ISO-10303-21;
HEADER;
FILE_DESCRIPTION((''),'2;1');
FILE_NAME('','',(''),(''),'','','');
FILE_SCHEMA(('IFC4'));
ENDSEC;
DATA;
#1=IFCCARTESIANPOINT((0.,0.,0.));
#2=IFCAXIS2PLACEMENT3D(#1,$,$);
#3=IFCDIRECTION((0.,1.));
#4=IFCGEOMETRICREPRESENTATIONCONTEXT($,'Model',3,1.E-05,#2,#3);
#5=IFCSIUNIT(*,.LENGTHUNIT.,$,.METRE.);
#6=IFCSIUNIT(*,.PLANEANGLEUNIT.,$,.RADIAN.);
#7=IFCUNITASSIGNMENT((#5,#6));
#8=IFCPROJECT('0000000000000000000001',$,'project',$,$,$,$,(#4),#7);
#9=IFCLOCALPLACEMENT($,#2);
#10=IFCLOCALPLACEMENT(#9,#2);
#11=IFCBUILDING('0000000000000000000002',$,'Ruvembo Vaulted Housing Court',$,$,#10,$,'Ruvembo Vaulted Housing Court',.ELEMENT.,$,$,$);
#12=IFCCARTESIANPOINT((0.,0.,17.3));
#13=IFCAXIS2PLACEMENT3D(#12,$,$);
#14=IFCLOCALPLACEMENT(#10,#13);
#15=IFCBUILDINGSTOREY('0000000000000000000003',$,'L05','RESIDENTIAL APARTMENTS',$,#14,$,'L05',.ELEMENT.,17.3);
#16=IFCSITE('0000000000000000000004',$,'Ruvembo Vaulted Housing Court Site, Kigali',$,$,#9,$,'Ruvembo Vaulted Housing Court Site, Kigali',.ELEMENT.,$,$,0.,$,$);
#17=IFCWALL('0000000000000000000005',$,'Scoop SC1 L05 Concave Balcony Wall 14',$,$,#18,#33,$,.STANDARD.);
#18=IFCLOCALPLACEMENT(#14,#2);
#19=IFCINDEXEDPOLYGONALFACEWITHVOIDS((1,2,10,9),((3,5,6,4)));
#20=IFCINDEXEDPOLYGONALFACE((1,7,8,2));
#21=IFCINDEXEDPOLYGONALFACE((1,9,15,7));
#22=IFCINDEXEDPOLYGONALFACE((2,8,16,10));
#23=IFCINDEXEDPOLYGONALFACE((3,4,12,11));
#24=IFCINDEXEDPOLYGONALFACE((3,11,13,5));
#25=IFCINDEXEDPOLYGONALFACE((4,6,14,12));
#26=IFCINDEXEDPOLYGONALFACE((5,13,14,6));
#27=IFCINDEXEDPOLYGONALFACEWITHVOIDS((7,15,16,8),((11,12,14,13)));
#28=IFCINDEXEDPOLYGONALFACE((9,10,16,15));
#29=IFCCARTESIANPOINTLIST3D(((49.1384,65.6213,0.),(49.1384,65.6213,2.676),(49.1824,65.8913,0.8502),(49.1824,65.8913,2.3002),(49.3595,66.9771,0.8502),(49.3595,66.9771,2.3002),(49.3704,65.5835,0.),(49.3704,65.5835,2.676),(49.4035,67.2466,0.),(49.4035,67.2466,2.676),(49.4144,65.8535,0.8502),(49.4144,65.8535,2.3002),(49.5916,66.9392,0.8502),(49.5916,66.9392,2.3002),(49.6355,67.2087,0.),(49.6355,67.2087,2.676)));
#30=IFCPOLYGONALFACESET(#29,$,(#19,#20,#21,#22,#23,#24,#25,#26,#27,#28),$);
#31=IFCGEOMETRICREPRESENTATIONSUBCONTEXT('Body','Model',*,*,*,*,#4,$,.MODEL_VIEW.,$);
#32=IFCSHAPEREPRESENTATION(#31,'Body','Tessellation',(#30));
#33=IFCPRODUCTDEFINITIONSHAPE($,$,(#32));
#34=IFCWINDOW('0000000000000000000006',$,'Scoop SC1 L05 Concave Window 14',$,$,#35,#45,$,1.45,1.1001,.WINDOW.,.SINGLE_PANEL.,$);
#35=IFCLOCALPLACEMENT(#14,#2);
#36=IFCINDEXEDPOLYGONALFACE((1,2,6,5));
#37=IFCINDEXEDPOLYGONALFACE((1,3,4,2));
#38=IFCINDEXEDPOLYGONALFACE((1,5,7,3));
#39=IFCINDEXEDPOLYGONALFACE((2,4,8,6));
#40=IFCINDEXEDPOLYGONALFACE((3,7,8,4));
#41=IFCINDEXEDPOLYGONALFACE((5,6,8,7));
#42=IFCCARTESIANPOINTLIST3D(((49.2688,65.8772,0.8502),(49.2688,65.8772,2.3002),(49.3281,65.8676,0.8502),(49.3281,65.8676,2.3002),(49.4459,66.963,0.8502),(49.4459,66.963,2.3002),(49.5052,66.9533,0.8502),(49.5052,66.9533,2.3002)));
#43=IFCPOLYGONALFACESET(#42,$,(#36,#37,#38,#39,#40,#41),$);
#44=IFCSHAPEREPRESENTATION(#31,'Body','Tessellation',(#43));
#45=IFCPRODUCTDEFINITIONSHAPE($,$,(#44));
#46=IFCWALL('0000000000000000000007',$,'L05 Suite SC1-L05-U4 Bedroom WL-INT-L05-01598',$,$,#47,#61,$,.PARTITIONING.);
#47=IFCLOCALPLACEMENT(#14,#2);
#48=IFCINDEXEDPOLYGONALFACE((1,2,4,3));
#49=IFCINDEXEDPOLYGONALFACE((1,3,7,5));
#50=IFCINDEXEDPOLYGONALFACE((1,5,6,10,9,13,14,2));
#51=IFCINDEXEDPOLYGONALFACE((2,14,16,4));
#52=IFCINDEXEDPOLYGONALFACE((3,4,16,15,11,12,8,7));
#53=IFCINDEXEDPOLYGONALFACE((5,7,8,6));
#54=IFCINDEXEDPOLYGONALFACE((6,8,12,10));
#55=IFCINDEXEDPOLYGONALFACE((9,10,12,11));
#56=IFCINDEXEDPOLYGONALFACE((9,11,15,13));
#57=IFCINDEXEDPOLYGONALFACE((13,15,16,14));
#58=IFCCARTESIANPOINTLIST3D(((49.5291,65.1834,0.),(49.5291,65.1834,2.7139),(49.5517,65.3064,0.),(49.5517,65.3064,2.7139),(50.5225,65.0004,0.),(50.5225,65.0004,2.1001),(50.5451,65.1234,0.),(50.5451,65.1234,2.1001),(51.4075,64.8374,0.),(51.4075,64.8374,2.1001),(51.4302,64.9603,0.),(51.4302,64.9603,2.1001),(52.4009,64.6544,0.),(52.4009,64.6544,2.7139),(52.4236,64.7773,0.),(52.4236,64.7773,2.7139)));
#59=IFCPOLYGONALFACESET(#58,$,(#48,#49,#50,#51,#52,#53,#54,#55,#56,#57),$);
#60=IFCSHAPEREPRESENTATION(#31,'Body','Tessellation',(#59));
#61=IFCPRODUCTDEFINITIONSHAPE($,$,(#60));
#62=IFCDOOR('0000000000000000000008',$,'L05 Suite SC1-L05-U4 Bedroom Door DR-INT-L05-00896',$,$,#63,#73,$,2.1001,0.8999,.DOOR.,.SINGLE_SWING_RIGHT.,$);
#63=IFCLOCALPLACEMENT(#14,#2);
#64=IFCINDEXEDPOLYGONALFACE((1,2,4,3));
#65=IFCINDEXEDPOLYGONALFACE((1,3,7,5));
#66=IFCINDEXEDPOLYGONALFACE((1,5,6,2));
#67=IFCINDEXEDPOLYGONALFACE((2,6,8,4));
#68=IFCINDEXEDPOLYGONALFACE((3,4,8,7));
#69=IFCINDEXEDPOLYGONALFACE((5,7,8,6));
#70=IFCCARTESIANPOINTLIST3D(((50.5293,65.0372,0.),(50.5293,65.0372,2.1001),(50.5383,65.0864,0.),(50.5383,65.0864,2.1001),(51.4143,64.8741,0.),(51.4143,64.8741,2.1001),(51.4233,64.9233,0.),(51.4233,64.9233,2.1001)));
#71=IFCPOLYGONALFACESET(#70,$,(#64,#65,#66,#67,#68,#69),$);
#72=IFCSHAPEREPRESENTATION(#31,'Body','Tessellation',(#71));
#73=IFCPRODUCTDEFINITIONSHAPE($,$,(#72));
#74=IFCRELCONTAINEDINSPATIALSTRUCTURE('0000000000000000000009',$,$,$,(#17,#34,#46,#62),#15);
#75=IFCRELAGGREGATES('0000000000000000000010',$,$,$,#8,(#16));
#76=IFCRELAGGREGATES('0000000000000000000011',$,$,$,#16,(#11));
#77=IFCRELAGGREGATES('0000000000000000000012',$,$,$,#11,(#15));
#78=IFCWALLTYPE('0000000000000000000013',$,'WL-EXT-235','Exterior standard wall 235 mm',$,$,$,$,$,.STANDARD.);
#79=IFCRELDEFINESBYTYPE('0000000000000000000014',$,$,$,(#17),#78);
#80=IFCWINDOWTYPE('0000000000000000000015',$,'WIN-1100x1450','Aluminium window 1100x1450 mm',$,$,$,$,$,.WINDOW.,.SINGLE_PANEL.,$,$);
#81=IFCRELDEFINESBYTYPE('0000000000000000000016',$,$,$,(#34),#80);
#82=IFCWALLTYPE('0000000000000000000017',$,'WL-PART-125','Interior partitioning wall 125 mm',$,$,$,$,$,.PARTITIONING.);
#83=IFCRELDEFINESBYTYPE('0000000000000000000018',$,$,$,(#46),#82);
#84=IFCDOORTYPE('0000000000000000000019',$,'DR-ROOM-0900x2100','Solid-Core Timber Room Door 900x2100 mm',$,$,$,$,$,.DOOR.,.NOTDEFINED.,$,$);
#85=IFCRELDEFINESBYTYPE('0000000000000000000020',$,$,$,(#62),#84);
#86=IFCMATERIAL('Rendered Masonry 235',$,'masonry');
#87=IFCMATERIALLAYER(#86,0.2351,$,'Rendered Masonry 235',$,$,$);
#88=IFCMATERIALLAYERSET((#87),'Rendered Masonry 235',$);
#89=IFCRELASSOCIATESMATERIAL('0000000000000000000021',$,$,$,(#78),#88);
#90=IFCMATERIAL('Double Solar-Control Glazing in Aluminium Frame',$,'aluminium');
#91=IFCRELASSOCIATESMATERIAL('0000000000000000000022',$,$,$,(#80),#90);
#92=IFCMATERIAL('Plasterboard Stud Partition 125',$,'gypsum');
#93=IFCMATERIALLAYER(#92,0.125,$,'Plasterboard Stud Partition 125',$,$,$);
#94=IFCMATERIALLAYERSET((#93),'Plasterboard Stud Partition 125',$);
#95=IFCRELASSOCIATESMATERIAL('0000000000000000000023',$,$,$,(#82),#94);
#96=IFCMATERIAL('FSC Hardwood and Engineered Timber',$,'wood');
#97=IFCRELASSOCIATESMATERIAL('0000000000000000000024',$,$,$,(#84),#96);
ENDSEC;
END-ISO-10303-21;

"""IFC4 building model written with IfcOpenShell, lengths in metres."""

from ifc_helpers import new_model, si_unit, direction, frame, frame_2d, origin, place, context, subcontext, project, spatial, rectangle, extrude, material, layer, layer_set, type_object, element, fill, save


model = new_model("IFC4")

# Units and contexts
model_context = context("Model", 3, precision=1e-05, world=origin(), true_north=direction((0.0, 1.0)))
body_context = subcontext(model_context, "Body", "Model", "MODEL_VIEW")
ifc_project = project(units=[si_unit("LENGTHUNIT", "METRE"), si_unit("PLANEANGLEUNIT", "RADIAN")], contexts=[model_context])

# Site, building, storey
site_placement = place(None, origin())
site = spatial("IfcSite", under=ifc_project, at=site_placement, Name="Ruvembo Vaulted Housing Court Site, Kigali", LongName="Ruvembo Vaulted Housing Court Site, Kigali", CompositionType="ELEMENT", RefElevation=0.0)
building_placement = place(site_placement, origin())
building = spatial("IfcBuilding", under=site, at=building_placement, Name="Ruvembo Vaulted Housing Court", LongName="Ruvembo Vaulted Housing Court", CompositionType="ELEMENT")
storey_placement = place(building_placement, frame((0.0, 0.0, 17.3)))
storey = spatial("IfcBuildingStorey", under=building, at=storey_placement, Name="L05", Description="RESIDENTIAL APARTMENTS", LongName="L05", CompositionType="ELEMENT", Elevation=17.3)

# Wall, opening, window
ifc_material_1 = material(Name="Rendered Masonry 235", Category="masonry")
ifc_layer_1 = layer(ifc_material_1, 0.2351, Name="Rendered Masonry 235")
ifc_layer_set_1 = layer_set([ifc_layer_1], Name="Rendered Masonry 235")
wall_type_1 = type_object("IfcWallType", Name="WL-EXT-235", Description="Exterior standard wall 235 mm", PredefinedType="STANDARD", material=ifc_layer_set_1)
ifc_material_2 = material(Name="Double Solar-Control Glazing in Aluminium Frame", Category="aluminium")
wall_1_placement = place(storey_placement, frame((49.2544, 65.6025, 0.0), z_axis=(0.0, 0.0, 1.0), x_axis=(0.161008, 0.986953, 0.0)))
wall_1 = element("IfcWall", 1, at=wall_1_placement, inside=storey, type_object=wall_type_1, Name="Scoop SC1 L05 Concave Balcony Wall 14", PredefinedType="STANDARD", context=body_context, shape_type="SweptSolid", body=[
    extrude(rectangle(XDim=1.6467, YDim=0.2351, at=frame_2d((0.8232, 0.0))), origin(), (0.0, 0.0, 1.0), 2.676),
])
opening_1_placement = place(wall_1_placement, frame((0.2734, 0.0, 0.8501)))
opening_1 = element("IfcOpeningElement", 2, at=opening_1_placement, cuts=wall_1, PredefinedType="OPENING", context=body_context, shape_type="SweptSolid", body=[
    extrude(rectangle(XDim=1.1001, YDim=1.45, at=frame_2d((0.55, 0.7251))), frame((0.0, 0.1274, 0.0), z_axis=(0.0, -1.0, 0.0), x_axis=(1.0, 0.0, 0.0)), (0.0, 0.0, 1.0), 0.2551),
])
window_type_1 = type_object("IfcWindowType", Name="WIN-1100x1450", Description="Aluminium window 1100x1450 mm", PartitioningType="SINGLE_PANEL", PredefinedType="WINDOW", material=ifc_material_2)
window_1_placement = place(opening_1_placement, origin())
window_1 = element("IfcWindow", 3, at=window_1_placement, inside=storey, type_object=window_type_1, Name="Scoop SC1 L05 Concave Window 14", OverallHeight=1.45, OverallWidth=1.1001, PartitioningType="SINGLE_PANEL", PredefinedType="WINDOW", context=body_context, shape_type="SweptSolid", body=[
    extrude(rectangle(XDim=1.1001, YDim=1.45, at=frame_2d((0.55, 0.7251))), frame((0.0, 0.03, 0.0), z_axis=(0.0, -1.0, 0.0), x_axis=(1.0, 0.0, 0.0)), (0.0, 0.0, 1.0), 0.0601),
])
fill(opening_1, window_1)

# Wall, opening, door
ifc_material_3 = material(Name="Plasterboard Stud Partition 125", Category="gypsum")
ifc_layer_2 = layer(ifc_material_3, 0.125, Name="Plasterboard Stud Partition 125")
ifc_layer_set_2 = layer_set([ifc_layer_2], Name="Plasterboard Stud Partition 125")
wall_type_2 = type_object("IfcWallType", Name="WL-PART-125", Description="Interior partitioning wall 125 mm", PredefinedType="PARTITIONING", material=ifc_layer_set_2)
wall_2_placement = place(storey_placement, frame((49.5405, 65.2449, 0.0), z_axis=(0.0, 0.0, 1.0), x_axis=(0.983451, -0.181173, 0.0)))
wall_2 = element("IfcWall", 4, at=wall_2_placement, inside=storey, type_object=wall_type_2, Name="L05 Suite SC1-L05-U4 Bedroom WL-INT-L05-01598", PredefinedType="PARTITIONING", context=body_context, shape_type="SweptSolid", body=[
    extrude(rectangle(XDim=2.9202, YDim=0.125, at=frame_2d((1.46, 0.0))), origin(), (0.0, 0.0, 1.0), 2.7139),
])
opening_2_placement = place(wall_2_placement, frame((1.01, 0.0, 0.0)))
opening_2 = element("IfcOpeningElement", 5, at=opening_2_placement, cuts=wall_2, PredefinedType="OPENING", context=body_context, shape_type="SweptSolid", body=[
    extrude(rectangle(XDim=0.8999, YDim=2.1001, at=frame_2d((0.45, 1.05))), frame((0.0, 0.0725, 0.0), z_axis=(0.0, -1.0, 0.0), x_axis=(1.0, 0.0, 0.0)), (0.0, 0.0, 1.0), 0.145),
])
ifc_material_4 = material(Name="FSC Hardwood and Engineered Timber", Category="wood")
door_type = type_object("IfcDoorType", Name="DR-ROOM-0900x2100", Description="Solid-Core Timber Room Door 900x2100 mm", OperationType="NOTDEFINED", PredefinedType="DOOR", material=ifc_material_4)
door_placement = place(opening_2_placement, origin())
door = element("IfcDoor", 6, at=door_placement, inside=storey, type_object=door_type, Name="L05 Suite SC1-L05-U4 Bedroom Door DR-INT-L05-00896", OperationType="SINGLE_SWING_RIGHT", OverallHeight=2.1001, OverallWidth=0.8999, PredefinedType="DOOR", context=body_context, shape_type="SweptSolid", body=[
    extrude(rectangle(XDim=0.8999, YDim=2.1001, at=frame_2d((0.45, 1.05))), frame((0.0, 0.0249, 0.0), z_axis=(0.0, -1.0, 0.0), x_axis=(1.0, 0.0, 0.0)), (0.0, 0.0, 1.0), 0.05),
])
fill(opening_2, door)

save(model, "model.ifc")
